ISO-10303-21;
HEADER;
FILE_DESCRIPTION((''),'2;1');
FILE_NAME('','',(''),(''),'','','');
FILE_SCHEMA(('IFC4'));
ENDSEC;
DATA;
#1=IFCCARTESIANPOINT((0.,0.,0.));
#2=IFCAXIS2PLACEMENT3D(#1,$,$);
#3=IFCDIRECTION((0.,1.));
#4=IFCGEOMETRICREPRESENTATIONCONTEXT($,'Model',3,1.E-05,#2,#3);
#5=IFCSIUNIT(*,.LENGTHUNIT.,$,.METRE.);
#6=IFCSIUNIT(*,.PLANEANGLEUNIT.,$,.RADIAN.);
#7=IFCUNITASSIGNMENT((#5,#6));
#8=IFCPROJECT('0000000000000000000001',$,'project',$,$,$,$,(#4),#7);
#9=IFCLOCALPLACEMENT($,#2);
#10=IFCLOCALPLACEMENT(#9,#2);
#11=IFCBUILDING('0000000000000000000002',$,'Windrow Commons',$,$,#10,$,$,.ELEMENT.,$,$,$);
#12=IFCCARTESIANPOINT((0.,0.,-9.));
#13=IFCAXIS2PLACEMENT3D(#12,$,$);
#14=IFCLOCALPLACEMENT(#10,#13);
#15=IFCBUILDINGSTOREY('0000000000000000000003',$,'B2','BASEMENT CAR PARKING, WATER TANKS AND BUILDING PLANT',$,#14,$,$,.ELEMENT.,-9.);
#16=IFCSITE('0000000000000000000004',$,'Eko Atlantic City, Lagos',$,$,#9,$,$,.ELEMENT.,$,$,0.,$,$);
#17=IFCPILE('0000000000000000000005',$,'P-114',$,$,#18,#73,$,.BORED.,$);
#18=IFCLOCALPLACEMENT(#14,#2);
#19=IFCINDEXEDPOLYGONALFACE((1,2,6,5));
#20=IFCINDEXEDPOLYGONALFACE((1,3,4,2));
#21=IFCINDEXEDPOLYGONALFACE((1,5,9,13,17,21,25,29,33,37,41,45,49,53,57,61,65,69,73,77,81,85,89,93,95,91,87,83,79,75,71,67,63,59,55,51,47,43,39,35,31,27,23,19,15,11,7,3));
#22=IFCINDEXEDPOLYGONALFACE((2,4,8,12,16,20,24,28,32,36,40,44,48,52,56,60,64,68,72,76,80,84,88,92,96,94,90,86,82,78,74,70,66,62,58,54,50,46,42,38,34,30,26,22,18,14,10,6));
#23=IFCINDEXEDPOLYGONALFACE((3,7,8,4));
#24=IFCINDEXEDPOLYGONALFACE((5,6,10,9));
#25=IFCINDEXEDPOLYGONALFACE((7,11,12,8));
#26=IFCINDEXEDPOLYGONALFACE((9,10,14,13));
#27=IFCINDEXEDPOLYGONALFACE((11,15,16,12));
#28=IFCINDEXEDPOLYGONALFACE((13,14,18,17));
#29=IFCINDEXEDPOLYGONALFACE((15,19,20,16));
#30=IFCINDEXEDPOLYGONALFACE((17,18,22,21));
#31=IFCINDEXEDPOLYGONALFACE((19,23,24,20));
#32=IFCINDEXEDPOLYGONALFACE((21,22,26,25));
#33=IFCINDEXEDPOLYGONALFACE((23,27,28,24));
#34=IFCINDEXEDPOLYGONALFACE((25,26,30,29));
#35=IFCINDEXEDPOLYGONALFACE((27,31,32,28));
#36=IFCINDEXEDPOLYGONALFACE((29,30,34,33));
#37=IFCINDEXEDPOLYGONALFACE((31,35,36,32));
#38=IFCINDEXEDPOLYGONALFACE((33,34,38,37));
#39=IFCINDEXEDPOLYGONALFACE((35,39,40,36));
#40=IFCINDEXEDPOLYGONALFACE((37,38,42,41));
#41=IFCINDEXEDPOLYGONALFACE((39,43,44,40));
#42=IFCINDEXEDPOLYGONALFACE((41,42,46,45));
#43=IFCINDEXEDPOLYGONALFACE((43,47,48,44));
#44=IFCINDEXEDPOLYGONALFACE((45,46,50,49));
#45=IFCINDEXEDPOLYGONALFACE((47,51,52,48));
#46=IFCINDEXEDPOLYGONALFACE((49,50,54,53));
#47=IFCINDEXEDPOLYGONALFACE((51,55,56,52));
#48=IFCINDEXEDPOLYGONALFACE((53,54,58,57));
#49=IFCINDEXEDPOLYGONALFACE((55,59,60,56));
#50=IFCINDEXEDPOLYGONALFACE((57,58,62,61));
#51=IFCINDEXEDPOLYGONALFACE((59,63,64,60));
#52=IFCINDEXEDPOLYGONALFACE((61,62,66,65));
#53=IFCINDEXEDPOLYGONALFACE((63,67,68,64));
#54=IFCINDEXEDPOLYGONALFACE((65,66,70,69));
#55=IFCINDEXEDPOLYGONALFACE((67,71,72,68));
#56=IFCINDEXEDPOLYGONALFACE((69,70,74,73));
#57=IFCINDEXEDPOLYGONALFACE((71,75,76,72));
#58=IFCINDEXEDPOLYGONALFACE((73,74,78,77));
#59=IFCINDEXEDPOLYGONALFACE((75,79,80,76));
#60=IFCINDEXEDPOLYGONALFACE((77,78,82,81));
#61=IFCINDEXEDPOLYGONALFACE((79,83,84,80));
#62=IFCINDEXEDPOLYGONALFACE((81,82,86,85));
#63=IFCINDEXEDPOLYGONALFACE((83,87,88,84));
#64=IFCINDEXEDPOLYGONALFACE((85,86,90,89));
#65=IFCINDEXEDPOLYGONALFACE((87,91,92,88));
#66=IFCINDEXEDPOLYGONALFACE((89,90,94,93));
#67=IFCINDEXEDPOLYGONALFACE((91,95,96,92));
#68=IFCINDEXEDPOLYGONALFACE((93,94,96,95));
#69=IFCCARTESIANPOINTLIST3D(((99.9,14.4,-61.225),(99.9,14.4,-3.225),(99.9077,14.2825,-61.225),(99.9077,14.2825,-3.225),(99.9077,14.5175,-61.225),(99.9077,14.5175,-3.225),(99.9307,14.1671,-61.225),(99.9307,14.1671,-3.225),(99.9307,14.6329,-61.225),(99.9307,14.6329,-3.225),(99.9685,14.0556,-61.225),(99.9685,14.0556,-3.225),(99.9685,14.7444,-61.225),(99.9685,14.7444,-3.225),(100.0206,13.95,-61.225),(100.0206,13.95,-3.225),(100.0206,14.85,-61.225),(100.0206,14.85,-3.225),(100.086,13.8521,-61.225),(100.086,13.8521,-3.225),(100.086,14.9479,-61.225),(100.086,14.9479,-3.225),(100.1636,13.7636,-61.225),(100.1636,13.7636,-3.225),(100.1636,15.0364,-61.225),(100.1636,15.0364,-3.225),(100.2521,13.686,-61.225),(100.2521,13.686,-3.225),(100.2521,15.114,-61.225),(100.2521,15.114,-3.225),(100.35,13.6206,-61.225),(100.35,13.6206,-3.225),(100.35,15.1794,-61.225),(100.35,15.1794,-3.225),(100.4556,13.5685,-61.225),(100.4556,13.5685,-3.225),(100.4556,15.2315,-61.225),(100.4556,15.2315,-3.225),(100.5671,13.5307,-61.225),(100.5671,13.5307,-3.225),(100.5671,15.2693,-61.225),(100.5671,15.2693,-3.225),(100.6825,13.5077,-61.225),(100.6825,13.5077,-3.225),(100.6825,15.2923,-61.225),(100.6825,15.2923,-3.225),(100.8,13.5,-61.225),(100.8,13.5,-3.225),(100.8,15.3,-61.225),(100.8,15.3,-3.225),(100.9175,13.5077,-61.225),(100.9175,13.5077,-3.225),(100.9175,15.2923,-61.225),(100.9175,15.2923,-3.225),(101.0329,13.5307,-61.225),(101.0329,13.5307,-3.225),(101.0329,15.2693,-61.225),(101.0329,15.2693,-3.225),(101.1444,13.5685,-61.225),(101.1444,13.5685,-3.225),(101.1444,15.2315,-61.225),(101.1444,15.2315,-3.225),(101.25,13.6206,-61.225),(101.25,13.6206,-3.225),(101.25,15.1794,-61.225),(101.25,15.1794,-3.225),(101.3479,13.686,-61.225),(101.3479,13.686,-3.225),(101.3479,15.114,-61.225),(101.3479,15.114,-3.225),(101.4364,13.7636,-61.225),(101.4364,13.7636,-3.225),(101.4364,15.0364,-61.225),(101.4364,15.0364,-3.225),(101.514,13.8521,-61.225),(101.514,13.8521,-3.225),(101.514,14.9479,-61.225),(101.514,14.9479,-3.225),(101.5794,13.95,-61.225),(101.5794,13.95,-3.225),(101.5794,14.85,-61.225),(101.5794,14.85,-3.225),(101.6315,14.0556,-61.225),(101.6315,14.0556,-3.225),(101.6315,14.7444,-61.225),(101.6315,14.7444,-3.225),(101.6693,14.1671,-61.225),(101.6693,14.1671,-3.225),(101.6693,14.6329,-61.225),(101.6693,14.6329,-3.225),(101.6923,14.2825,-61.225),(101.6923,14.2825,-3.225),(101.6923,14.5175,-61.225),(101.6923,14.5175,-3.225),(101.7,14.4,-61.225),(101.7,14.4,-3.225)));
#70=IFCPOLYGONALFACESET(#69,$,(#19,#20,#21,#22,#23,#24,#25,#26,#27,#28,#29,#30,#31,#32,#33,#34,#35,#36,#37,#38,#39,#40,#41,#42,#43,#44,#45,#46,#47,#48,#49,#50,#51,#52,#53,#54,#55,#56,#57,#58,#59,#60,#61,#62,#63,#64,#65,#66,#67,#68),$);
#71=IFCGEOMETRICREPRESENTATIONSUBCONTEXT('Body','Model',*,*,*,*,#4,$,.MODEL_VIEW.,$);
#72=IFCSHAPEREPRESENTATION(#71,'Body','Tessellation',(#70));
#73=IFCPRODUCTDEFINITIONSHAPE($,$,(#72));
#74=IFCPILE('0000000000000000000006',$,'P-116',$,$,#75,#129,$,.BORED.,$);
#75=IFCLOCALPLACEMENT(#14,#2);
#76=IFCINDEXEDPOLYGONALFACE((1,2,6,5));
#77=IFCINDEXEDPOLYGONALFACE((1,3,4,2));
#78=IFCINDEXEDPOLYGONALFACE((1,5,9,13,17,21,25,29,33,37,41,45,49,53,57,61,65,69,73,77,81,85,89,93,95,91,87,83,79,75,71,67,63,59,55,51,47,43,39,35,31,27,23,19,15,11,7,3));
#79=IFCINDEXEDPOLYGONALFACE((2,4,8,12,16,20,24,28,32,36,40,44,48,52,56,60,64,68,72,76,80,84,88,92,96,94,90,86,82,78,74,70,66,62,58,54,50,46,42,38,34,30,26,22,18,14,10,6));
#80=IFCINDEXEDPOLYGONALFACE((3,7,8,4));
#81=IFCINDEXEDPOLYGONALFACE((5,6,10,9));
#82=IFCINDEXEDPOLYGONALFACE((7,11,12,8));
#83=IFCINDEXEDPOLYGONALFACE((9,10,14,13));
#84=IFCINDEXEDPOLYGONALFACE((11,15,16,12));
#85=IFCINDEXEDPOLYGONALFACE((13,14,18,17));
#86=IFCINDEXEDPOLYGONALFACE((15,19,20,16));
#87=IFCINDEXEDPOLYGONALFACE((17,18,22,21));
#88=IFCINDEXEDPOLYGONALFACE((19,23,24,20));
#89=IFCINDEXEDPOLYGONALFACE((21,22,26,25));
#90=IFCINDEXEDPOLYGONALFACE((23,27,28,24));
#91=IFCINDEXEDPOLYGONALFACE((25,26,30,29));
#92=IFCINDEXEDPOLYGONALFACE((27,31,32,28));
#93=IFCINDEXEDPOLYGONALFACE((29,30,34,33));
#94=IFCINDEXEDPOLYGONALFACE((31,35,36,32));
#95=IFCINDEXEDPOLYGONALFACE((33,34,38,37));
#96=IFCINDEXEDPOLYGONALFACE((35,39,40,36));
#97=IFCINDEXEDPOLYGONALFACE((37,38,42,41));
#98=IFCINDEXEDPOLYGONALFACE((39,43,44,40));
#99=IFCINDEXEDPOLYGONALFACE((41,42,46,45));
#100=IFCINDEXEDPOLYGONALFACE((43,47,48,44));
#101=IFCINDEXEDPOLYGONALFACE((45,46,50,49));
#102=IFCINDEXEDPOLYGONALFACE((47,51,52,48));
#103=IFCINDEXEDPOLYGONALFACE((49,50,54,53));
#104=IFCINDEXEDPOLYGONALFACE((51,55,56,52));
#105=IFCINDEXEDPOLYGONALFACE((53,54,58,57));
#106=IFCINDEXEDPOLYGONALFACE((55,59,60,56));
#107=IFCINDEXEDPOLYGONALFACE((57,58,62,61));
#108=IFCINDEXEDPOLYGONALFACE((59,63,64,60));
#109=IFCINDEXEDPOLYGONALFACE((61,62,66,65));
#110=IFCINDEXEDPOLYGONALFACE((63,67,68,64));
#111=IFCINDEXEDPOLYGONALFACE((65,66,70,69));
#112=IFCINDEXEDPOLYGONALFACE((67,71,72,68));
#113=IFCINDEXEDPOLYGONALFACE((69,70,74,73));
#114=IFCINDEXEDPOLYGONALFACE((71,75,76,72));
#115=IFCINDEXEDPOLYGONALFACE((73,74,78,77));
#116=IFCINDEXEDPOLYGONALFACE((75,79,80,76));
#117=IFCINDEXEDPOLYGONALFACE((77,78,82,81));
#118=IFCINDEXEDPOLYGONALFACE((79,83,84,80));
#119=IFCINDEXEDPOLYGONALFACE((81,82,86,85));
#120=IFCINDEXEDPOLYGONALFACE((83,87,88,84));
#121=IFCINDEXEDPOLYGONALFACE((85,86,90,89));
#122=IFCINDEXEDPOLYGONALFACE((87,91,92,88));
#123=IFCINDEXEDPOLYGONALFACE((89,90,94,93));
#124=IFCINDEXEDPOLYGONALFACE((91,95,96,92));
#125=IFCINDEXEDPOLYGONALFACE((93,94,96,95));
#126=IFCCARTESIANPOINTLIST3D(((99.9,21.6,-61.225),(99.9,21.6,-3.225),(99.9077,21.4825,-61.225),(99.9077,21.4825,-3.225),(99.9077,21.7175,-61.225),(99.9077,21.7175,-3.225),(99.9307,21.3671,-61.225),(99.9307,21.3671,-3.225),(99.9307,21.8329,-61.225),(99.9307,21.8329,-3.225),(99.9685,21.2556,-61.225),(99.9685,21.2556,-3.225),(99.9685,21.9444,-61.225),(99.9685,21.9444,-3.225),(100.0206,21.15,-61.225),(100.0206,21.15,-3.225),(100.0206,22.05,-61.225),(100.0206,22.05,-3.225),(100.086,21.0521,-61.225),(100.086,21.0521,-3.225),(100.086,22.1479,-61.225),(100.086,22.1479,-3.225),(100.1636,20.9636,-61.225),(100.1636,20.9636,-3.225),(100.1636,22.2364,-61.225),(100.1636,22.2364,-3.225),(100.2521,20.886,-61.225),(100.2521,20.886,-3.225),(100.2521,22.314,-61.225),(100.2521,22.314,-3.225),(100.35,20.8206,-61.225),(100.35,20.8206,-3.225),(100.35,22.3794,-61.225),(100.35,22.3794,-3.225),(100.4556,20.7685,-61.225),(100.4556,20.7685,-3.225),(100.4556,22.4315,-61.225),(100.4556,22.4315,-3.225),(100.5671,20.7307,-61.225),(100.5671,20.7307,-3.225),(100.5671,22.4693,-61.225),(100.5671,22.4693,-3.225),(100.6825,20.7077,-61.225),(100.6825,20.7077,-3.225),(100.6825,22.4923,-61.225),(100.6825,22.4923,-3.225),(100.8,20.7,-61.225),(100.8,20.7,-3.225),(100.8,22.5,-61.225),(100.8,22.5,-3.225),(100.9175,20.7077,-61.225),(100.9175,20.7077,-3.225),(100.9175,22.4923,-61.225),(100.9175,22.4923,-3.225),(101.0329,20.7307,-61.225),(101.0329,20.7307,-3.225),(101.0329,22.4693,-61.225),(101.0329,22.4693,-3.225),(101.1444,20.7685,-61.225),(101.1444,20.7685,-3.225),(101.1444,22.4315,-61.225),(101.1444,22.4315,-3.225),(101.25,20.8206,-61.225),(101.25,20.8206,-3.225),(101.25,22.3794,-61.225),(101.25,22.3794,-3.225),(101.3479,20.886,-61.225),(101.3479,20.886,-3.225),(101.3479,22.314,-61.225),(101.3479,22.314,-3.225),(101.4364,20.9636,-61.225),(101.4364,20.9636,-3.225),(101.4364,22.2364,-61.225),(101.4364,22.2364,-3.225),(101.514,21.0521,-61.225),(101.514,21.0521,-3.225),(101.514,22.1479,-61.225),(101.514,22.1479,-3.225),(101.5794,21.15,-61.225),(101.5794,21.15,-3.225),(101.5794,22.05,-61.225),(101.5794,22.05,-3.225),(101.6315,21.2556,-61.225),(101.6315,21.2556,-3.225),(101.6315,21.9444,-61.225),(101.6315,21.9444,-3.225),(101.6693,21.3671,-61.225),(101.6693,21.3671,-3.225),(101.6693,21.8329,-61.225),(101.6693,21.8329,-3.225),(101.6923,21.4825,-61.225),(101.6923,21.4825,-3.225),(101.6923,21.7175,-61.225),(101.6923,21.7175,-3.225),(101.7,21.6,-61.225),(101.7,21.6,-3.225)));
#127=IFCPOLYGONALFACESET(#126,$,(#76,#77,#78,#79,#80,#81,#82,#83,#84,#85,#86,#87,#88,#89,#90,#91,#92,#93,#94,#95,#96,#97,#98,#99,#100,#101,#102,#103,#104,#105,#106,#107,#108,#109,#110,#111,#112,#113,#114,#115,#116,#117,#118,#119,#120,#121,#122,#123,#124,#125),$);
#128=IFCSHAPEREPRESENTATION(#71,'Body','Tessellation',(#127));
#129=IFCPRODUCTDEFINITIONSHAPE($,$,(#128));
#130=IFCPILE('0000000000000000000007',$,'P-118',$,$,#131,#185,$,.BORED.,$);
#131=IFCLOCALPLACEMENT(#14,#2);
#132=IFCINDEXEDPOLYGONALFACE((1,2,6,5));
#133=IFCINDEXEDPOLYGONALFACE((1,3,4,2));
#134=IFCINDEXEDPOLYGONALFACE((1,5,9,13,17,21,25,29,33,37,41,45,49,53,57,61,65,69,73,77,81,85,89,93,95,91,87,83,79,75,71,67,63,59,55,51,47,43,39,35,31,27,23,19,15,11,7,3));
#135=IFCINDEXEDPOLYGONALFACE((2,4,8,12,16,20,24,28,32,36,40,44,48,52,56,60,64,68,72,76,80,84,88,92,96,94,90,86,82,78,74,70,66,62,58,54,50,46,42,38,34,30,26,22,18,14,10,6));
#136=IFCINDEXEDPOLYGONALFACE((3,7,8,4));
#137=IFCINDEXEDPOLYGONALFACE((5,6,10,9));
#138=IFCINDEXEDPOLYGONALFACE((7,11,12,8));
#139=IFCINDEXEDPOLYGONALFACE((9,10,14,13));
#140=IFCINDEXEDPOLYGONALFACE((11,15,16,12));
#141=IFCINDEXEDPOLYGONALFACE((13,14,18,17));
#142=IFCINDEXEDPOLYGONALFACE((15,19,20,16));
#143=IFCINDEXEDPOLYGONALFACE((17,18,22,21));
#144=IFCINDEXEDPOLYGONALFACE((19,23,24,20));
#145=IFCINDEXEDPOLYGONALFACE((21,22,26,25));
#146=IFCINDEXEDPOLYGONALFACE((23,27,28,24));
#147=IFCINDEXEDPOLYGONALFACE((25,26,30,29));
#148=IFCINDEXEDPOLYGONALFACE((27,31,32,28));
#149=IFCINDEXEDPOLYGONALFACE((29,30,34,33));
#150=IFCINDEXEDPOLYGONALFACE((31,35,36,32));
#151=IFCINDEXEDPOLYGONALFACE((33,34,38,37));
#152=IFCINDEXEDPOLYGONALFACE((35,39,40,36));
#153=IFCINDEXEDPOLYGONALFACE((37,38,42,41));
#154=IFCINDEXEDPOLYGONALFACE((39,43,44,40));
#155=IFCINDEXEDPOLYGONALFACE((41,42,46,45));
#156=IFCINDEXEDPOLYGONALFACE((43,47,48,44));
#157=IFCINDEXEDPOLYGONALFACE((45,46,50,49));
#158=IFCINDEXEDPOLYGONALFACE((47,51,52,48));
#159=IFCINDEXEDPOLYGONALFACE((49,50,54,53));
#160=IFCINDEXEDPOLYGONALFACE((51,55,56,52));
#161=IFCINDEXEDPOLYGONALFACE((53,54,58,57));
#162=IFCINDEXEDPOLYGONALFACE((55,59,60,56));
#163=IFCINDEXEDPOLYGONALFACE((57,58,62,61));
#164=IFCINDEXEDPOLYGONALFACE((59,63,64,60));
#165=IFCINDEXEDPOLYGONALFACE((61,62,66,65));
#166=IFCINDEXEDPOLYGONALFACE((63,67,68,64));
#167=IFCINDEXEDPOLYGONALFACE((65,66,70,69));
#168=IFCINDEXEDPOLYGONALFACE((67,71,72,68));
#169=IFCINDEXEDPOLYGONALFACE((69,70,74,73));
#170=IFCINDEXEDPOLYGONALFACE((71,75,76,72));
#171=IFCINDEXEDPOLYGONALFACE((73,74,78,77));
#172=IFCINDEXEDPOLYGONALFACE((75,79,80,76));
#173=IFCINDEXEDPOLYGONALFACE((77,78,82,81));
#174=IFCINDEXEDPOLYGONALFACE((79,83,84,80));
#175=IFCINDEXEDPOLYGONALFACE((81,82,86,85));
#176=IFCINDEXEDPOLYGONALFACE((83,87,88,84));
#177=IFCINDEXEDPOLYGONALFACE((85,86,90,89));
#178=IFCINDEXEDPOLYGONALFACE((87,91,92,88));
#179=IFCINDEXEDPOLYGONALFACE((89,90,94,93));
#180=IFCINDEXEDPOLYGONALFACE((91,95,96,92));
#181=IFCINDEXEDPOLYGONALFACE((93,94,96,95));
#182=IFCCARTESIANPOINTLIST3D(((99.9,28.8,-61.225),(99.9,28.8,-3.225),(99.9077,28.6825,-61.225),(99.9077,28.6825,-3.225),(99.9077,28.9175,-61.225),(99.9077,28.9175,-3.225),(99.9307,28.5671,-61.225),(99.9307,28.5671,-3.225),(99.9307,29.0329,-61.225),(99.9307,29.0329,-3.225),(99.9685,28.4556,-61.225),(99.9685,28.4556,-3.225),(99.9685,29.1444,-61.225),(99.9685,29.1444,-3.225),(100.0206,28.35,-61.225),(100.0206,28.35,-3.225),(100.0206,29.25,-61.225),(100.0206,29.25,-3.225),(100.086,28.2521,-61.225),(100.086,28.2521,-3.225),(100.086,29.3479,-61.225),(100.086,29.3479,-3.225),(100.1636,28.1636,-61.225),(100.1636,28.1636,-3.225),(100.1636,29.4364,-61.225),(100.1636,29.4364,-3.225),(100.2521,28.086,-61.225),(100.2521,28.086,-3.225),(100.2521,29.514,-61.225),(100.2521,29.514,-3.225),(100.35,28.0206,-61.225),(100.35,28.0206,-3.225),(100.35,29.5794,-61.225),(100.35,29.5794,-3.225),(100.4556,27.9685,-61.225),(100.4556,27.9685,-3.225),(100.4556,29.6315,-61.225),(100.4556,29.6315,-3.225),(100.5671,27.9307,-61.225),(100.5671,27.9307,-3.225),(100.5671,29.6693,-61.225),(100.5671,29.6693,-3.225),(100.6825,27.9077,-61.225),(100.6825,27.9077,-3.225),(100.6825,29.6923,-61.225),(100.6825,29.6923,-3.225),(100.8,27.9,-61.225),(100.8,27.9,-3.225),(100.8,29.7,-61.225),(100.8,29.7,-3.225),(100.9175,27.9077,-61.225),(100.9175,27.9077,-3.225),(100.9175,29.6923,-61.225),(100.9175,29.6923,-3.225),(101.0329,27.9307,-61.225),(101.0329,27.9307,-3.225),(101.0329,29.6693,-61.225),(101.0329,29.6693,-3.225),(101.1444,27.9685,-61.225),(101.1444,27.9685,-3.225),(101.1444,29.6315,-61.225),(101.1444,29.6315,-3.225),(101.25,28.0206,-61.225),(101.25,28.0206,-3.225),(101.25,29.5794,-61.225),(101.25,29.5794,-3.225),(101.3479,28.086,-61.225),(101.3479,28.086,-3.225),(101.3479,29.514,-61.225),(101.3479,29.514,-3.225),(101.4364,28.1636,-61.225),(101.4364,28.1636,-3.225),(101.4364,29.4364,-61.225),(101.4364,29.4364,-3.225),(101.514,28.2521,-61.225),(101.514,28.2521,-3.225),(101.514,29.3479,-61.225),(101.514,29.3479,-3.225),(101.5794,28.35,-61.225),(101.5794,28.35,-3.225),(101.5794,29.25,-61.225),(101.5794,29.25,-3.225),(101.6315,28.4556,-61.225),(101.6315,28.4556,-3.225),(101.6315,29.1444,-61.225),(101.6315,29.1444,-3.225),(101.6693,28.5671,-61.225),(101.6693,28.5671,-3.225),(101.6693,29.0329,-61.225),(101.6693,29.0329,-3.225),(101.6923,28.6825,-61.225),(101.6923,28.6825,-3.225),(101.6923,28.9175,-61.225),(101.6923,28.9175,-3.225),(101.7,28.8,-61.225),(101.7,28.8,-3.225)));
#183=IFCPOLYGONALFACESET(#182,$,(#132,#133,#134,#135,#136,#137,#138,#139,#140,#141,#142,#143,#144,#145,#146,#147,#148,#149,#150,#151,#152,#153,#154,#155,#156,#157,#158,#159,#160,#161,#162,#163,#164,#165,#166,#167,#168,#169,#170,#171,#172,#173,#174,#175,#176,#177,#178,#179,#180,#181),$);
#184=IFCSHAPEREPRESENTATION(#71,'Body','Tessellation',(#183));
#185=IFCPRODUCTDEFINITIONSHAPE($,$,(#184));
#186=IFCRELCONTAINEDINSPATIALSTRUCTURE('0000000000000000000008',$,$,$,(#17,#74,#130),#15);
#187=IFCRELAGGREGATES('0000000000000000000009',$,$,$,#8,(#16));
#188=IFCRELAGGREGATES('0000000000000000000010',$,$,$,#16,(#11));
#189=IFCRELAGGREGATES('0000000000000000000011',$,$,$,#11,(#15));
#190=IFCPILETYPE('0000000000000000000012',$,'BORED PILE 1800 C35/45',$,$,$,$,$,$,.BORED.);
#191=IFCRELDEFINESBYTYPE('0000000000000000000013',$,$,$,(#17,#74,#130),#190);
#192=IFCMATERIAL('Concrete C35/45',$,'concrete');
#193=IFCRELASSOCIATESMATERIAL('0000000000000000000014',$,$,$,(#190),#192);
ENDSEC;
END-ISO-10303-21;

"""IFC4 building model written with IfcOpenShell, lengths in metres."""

from ifc_helpers import new_model, si_unit, direction, frame, origin, origin_2d, place, context, subcontext, project, spatial, circle, extrude, material, material_profile, profile_set, type_object, element, save


model = new_model("IFC4")

# Units and contexts
model_context = context("Model", 3, precision=1e-05, world=origin(), true_north=direction((0.0, 1.0)))
body_context = subcontext(model_context, "Body", "Model", "MODEL_VIEW")
ifc_project = project(units=[si_unit("LENGTHUNIT", "METRE"), si_unit("PLANEANGLEUNIT", "RADIAN")], contexts=[model_context])

# Site, building, storey
site_placement = place(None, origin())
site = spatial("IfcSite", under=ifc_project, at=site_placement, Name="Eko Atlantic City, Lagos", CompositionType="ELEMENT", RefElevation=0.0)
building_placement = place(site_placement, origin())
building = spatial("IfcBuilding", under=site, at=building_placement, Name="Windrow Commons", CompositionType="ELEMENT")
storey_placement = place(building_placement, frame((0.0, 0.0, -9.0)))
storey = spatial("IfcBuildingStorey", under=building, at=storey_placement, Name="B2", Description="BASEMENT CAR PARKING, WATER TANKS AND BUILDING PLANT", CompositionType="ELEMENT", Elevation=-9.0)

# Piles
ifc_material_1 = material(Name="Concrete C35/45", Category="concrete")
ifc_material_profile_1 = material_profile(ifc_material_1, circle(Radius=0.9, at=origin_2d()))
ifc_profile_set_1 = profile_set([ifc_material_profile_1], Name="Concrete C35/45")
pile_type = type_object("IfcPileType", Name="BORED PILE 1800 C35/45", PredefinedType="BORED", material=ifc_profile_set_1)
for number, where, z_axis, x_axis, name in (
    (1, (100.8, 14.4, -3.225), (0.0, 0.0, -1.0), (1.0, 0.0, 0.0), "P-114"),
    (2, (100.8, 21.6, -3.225), (0.0, 0.0, -1.0), (1.0, 0.0, 0.0), "P-116"),
    (3, (100.8, 28.8, -3.225), (0.0, 0.0, -1.0), (1.0, 0.0, 0.0), "P-118"),
):
    element("IfcPile", number, at=place(storey_placement, frame(where, z_axis=z_axis, x_axis=x_axis)), inside=storey, type_object=pile_type, Name=name, PredefinedType="BORED", context=body_context, shape_type="SweptSolid", body=[
        extrude(circle(Radius=0.9, at=origin_2d()), origin(), (0.0, 0.0, 1.0), 58.0),
    ])

save(model, "model.ifc")
